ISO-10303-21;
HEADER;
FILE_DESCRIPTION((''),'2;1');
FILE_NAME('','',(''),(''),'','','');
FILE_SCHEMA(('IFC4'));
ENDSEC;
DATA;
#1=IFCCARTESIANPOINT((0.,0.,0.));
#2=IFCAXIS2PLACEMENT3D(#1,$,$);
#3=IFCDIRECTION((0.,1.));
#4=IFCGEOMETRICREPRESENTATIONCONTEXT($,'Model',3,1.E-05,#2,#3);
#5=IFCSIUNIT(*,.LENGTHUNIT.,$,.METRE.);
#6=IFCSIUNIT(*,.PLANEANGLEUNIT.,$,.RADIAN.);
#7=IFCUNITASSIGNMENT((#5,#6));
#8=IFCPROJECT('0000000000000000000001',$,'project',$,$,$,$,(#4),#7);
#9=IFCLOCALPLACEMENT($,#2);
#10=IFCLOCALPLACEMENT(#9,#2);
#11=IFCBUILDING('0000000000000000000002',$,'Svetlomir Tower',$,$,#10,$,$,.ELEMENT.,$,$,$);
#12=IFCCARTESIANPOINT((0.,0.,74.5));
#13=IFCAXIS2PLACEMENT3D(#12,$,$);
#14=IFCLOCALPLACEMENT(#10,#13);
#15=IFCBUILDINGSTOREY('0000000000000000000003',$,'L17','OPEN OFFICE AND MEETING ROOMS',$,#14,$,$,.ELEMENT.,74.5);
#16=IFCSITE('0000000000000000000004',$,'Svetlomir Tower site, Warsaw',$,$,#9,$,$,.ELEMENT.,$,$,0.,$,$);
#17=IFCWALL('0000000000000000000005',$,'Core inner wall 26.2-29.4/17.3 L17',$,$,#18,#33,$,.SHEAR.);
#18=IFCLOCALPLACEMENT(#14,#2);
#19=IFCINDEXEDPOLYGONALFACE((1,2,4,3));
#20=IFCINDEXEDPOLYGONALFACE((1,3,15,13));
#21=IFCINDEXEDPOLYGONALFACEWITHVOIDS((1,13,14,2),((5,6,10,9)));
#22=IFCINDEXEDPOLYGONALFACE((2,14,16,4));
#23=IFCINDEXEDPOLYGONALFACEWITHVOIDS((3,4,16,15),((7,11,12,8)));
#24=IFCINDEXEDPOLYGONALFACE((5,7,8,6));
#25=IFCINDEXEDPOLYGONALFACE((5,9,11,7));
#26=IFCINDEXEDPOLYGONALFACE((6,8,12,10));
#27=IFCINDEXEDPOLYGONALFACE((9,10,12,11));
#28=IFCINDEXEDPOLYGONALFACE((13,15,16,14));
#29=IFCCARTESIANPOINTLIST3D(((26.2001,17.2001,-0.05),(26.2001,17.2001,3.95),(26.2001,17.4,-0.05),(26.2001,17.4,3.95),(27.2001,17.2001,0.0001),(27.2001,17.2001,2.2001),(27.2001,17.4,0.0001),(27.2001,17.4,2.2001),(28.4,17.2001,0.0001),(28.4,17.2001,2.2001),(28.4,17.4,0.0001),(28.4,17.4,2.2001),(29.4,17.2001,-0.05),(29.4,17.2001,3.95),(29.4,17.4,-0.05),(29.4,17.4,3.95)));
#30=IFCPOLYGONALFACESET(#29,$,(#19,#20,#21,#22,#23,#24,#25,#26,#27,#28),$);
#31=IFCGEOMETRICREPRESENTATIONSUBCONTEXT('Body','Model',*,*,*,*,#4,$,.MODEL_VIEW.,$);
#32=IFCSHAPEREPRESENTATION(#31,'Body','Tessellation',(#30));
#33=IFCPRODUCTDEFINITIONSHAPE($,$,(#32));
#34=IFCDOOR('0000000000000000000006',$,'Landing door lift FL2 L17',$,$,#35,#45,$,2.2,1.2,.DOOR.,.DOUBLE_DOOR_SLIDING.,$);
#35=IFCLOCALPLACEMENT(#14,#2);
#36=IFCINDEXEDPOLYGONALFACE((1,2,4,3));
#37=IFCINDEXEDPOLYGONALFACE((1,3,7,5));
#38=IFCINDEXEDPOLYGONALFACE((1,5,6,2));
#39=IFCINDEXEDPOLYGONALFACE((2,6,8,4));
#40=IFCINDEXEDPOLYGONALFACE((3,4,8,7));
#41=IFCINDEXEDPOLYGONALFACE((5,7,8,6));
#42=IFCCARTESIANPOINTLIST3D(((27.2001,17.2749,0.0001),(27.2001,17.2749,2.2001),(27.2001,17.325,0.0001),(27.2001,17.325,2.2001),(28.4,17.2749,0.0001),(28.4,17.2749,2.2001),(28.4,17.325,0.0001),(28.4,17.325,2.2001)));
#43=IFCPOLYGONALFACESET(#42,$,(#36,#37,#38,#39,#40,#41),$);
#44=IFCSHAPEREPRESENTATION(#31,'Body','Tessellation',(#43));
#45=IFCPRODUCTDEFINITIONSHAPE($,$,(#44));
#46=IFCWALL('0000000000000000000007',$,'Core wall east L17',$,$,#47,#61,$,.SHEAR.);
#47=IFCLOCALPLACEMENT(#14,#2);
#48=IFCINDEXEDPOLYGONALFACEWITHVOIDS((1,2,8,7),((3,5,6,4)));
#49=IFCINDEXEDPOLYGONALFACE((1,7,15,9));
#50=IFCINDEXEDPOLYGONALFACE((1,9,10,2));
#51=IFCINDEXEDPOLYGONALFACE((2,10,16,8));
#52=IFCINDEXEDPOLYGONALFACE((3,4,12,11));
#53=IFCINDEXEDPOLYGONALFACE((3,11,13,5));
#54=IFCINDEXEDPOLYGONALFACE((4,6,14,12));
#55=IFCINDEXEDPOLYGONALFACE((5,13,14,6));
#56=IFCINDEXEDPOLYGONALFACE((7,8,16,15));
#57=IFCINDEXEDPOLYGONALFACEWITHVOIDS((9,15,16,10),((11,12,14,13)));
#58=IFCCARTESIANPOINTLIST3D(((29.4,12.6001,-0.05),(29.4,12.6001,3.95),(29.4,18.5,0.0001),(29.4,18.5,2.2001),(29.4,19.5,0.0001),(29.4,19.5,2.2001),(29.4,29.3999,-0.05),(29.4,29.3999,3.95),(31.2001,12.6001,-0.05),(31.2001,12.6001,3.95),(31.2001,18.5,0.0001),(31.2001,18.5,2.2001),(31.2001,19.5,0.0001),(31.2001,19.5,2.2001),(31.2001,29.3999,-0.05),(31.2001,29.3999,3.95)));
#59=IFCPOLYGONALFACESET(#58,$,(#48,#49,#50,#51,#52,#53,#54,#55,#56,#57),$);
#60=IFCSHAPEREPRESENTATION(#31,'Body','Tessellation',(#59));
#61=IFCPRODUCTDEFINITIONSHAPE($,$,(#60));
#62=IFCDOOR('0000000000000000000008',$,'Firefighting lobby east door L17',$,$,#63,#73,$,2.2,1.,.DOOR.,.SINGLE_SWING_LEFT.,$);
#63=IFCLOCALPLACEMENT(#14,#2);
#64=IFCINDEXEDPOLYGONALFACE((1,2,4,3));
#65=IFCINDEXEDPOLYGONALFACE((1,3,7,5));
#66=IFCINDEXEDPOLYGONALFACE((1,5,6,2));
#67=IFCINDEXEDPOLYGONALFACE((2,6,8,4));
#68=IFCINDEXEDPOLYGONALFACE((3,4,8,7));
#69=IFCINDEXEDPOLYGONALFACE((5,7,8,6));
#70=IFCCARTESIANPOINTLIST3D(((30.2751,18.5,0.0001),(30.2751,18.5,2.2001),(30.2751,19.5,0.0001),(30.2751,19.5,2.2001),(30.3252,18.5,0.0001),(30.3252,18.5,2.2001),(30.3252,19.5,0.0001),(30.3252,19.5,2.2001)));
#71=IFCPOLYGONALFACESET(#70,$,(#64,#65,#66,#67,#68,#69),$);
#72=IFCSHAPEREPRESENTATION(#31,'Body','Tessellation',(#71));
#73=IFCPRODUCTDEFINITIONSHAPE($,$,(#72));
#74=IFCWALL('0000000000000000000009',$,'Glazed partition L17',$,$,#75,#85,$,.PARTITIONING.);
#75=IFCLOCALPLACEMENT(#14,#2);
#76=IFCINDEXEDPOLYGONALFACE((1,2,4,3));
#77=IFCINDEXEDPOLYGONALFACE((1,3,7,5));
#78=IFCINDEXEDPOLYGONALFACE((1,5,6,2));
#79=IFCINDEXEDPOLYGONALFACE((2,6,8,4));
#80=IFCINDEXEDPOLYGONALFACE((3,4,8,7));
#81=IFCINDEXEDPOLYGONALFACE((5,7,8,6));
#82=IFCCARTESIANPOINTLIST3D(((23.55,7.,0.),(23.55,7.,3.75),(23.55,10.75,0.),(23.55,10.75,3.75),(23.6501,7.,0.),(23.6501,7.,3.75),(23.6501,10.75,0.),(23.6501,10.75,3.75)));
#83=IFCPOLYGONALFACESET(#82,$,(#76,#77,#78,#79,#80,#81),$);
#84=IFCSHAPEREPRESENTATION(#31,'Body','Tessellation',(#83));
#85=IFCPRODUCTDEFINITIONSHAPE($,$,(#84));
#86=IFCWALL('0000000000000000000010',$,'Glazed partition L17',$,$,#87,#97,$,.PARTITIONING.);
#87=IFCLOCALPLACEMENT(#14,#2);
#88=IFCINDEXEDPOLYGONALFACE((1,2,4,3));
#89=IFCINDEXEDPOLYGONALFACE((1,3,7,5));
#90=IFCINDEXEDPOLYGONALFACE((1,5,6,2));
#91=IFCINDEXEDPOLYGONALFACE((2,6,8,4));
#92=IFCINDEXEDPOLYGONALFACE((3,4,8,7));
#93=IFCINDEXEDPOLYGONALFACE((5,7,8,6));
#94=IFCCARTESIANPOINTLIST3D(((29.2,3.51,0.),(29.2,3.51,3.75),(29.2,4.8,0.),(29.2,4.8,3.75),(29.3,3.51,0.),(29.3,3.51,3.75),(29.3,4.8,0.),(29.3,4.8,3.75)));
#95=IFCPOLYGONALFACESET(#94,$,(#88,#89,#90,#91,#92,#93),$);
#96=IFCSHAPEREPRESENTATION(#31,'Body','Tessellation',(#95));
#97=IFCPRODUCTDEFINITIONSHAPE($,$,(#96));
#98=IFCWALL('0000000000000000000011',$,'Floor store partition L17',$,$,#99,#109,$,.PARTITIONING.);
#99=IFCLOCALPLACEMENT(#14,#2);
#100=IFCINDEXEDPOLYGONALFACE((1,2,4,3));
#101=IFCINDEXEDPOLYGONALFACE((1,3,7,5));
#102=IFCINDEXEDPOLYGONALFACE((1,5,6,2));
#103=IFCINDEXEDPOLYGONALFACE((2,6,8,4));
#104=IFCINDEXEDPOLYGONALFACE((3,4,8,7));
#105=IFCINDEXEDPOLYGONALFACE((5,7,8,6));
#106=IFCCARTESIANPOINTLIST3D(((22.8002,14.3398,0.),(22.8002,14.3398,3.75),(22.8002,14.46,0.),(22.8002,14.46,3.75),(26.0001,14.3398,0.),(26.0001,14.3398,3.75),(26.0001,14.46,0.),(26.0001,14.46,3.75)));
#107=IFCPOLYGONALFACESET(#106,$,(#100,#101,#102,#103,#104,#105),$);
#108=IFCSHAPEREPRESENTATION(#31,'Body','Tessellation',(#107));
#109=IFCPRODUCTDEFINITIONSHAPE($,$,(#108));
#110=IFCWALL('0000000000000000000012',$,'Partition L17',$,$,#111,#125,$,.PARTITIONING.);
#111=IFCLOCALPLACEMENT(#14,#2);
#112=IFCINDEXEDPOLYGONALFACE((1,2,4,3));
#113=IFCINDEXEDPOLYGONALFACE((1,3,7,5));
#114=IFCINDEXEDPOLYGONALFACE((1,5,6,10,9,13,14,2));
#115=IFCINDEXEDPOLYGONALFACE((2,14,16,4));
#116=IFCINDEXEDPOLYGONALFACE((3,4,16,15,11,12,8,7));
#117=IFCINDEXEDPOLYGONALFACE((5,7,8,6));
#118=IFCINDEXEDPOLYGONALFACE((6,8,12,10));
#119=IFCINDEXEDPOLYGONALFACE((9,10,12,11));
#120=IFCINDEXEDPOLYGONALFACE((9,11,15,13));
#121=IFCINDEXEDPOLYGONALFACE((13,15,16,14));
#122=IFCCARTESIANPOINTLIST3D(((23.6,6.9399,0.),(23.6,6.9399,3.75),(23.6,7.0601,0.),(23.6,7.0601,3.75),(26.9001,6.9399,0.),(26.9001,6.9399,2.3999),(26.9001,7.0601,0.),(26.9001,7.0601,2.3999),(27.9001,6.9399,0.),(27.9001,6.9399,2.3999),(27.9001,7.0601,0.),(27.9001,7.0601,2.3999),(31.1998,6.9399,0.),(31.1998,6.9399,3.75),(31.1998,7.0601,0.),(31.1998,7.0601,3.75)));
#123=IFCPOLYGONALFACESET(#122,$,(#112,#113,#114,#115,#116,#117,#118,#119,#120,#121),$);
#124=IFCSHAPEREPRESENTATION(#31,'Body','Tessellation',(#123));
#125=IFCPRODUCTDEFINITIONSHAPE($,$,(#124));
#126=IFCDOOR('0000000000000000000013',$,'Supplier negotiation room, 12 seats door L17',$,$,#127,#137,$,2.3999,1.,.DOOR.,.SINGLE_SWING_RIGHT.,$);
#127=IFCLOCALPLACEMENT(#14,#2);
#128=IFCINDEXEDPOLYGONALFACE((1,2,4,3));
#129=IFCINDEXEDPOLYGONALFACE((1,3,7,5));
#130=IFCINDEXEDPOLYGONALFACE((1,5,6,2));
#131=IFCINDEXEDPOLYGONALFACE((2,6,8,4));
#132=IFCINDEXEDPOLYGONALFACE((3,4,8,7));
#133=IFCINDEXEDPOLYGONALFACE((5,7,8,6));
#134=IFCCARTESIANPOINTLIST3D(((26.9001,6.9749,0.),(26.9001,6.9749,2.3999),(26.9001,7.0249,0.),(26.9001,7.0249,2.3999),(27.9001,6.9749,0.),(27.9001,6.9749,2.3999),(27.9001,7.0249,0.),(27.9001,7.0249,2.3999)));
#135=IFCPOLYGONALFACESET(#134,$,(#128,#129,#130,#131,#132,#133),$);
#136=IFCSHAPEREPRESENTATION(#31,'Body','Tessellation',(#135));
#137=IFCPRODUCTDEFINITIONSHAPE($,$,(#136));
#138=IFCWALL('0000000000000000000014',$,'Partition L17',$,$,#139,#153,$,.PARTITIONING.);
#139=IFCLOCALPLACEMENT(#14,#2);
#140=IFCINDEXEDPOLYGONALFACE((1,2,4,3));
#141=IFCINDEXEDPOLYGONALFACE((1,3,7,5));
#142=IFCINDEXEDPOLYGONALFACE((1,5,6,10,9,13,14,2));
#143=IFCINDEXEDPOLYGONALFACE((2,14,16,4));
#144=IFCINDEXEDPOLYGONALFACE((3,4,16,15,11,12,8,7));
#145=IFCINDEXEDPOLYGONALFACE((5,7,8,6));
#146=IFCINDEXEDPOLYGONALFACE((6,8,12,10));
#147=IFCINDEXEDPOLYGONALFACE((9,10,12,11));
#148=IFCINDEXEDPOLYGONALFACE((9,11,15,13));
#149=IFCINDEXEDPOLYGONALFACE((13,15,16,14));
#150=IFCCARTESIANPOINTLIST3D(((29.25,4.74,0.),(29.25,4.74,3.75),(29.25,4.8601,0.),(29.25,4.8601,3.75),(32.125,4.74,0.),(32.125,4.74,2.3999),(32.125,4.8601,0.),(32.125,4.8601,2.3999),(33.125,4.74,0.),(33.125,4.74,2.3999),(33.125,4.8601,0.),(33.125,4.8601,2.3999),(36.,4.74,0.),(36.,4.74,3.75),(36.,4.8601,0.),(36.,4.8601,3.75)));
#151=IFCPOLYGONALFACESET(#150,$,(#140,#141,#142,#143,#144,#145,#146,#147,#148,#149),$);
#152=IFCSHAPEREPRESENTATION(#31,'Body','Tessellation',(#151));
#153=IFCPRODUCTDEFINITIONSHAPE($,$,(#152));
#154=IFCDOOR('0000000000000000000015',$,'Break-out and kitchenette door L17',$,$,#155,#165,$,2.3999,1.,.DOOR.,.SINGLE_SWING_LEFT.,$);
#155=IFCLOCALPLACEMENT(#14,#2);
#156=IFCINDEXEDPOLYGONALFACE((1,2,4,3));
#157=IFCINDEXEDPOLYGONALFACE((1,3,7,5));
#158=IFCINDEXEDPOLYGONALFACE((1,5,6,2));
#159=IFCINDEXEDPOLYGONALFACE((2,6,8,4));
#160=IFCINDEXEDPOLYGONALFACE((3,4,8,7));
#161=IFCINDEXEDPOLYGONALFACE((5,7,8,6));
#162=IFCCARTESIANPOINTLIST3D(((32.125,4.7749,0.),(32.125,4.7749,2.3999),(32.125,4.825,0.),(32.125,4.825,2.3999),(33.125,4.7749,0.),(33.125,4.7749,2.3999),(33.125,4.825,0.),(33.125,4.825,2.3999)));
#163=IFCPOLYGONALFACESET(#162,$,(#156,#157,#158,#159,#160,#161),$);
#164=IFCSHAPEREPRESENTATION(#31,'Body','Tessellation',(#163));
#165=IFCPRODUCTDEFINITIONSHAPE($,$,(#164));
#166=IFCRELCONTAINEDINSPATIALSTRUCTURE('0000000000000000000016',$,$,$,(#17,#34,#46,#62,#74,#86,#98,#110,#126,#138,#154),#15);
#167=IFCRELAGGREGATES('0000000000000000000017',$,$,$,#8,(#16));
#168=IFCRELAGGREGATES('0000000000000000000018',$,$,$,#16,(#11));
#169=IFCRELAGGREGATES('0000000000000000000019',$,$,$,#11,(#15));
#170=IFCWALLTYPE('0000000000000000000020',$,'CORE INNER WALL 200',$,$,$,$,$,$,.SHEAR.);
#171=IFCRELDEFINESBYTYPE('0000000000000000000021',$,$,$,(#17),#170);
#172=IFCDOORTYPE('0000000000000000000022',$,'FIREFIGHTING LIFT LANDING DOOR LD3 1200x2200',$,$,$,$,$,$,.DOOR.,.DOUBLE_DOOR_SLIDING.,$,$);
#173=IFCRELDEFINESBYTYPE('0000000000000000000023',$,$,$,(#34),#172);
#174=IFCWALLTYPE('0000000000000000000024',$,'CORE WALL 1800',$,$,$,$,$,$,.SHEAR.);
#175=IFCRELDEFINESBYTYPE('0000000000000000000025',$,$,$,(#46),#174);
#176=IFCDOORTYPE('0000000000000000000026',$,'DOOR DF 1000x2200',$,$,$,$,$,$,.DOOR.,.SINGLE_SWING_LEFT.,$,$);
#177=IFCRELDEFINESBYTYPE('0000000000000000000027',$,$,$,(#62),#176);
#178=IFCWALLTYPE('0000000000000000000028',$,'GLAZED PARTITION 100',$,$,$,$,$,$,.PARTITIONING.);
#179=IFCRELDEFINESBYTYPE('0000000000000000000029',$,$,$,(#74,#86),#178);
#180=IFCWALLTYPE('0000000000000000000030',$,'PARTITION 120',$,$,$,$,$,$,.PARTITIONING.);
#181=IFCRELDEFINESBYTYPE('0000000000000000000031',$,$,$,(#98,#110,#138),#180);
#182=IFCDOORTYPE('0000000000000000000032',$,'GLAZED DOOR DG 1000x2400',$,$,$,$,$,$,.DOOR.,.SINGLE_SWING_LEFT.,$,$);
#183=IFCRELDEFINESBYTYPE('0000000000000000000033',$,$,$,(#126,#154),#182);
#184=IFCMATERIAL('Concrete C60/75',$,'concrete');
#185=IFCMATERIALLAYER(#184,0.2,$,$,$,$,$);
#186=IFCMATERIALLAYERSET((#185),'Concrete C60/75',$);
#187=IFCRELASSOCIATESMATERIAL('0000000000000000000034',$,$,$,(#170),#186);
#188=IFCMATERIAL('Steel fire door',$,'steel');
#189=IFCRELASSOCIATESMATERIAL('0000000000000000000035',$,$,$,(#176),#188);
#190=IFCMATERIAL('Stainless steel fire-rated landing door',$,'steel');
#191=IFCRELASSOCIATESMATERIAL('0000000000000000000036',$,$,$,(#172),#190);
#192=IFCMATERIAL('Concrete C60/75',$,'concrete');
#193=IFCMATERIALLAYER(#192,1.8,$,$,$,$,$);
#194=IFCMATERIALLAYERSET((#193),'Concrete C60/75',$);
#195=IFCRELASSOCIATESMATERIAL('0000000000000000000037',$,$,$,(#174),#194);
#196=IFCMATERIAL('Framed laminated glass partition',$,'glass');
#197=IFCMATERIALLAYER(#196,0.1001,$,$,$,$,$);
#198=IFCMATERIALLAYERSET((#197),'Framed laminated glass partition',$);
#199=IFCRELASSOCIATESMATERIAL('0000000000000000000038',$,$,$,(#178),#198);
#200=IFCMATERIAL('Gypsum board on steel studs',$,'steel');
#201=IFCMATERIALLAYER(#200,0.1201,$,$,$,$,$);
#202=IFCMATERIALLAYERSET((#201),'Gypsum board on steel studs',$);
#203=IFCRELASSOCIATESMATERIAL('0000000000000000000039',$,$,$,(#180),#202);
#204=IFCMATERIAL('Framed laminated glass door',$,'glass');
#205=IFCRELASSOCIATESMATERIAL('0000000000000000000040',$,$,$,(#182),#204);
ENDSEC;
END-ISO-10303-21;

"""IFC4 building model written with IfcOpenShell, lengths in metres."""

from ifc_helpers import new_model, si_unit, direction, frame, frame_2d, origin, place, context, subcontext, project, spatial, rectangle, extrude, material, layer, layer_set, type_object, element, fill, save


model = new_model("IFC4")

# Units and contexts
model_context = context("Model", 3, precision=1e-05, world=origin(), true_north=direction((0.0, 1.0)))
body_context = subcontext(model_context, "Body", "Model", "MODEL_VIEW")
ifc_project = project(units=[si_unit("LENGTHUNIT", "METRE"), si_unit("PLANEANGLEUNIT", "RADIAN")], contexts=[model_context])

# Site, building, storey
site_placement = place(None, origin())
site = spatial("IfcSite", under=ifc_project, at=site_placement, Name="Svetlomir Tower site, Warsaw", CompositionType="ELEMENT", RefElevation=0.0)
building_placement = place(site_placement, origin())
building = spatial("IfcBuilding", under=site, at=building_placement, Name="Svetlomir Tower", CompositionType="ELEMENT")
storey_placement = place(building_placement, frame((0.0, 0.0, 74.5)))
storey = spatial("IfcBuildingStorey", under=building, at=storey_placement, Name="L17", Description="OPEN OFFICE AND MEETING ROOMS", CompositionType="ELEMENT", Elevation=74.5)

# Shared definitions
ifc_material_1 = material(Name="Concrete C60/75", Category="concrete")
ifc_layer_1 = layer(ifc_material_1, 0.2)
ifc_layer_set_1 = layer_set([ifc_layer_1], Name="Concrete C60/75")
wall_type_1 = type_object("IfcWallType", Name="CORE INNER WALL 200", PredefinedType="SHEAR", material=ifc_layer_set_1)

# Shared definitions
ifc_material_2 = material(Name="Steel fire door", Category="steel")
door_type_1 = type_object("IfcDoorType", Name="DOOR DF 1000x2200", OperationType="SINGLE_SWING_LEFT", PredefinedType="DOOR", material=ifc_material_2)

# Walls, openings, doors
wall_1_placement = place(storey_placement, frame((26.2, 17.3, -0.05), z_axis=(0.0, 0.0, 1.0), x_axis=(1.0, 0.0, 0.0)))
wall_1 = element("IfcWall", 1, at=wall_1_placement, inside=storey, type_object=wall_type_1, Name="Core inner wall 26.2-29.4/17.3 L17", PredefinedType="SHEAR", context=body_context, shape_type="SweptSolid", body=[
    extrude(rectangle(XDim=3.2, YDim=0.2, at=frame_2d((1.6001, 0.0))), origin(), (0.0, 0.0, 1.0), 4.0),
])
opening_1_placement = place(wall_1_placement, frame((1.0, 0.0, 0.05)))
opening_1 = element("IfcOpeningElement", 2, at=opening_1_placement, cuts=wall_1, PredefinedType="OPENING", context=body_context, shape_type="SweptSolid", body=[
    extrude(rectangle(XDim=1.2, YDim=2.2, at=frame_2d((0.6001, 1.1001))), frame((0.0, 0.1099, 0.0), z_axis=(0.0, -1.0, 0.0), x_axis=(1.0, 0.0, 0.0)), (0.0, 0.0, 1.0), 0.22),
])
ifc_material_3 = material(Name="Stainless steel fire-rated landing door", Category="steel")
door_type_2 = type_object("IfcDoorType", Name="FIREFIGHTING LIFT LANDING DOOR LD3 1200x2200", OperationType="DOUBLE_DOOR_SLIDING", PredefinedType="DOOR", material=ifc_material_3)
door_1_placement = place(opening_1_placement, origin())
door_1 = element("IfcDoor", 3, at=door_1_placement, inside=storey, type_object=door_type_2, Name="Landing door lift FL2 L17", OperationType="DOUBLE_DOOR_SLIDING", OverallHeight=2.2, OverallWidth=1.2, PredefinedType="DOOR", context=body_context, shape_type="SweptSolid", body=[
    extrude(rectangle(XDim=1.2, YDim=2.2, at=frame_2d((0.6001, 1.1001))), frame((0.0, 0.0249, 0.0), z_axis=(0.0, -1.0, 0.0), x_axis=(1.0, 0.0, 0.0)), (0.0, 0.0, 1.0), 0.05),
])
fill(opening_1, door_1)
ifc_material_4 = material(Name="Concrete C60/75", Category="concrete")
ifc_layer_2 = layer(ifc_material_4, 1.8)
ifc_layer_set_2 = layer_set([ifc_layer_2], Name="Concrete C60/75")
wall_type_2 = type_object("IfcWallType", Name="CORE WALL 1800", PredefinedType="SHEAR", material=ifc_layer_set_2)
wall_2_placement = place(storey_placement, frame((30.3, 12.6001, -0.05), z_axis=(0.0, 0.0, 1.0), x_axis=(0.0, 1.0, 0.0)))
wall_2 = element("IfcWall", 4, at=wall_2_placement, inside=storey, type_object=wall_type_2, Name="Core wall east L17", PredefinedType="SHEAR", context=body_context, shape_type="SweptSolid", body=[
    extrude(rectangle(XDim=16.7998, YDim=1.8, at=frame_2d((8.3999, 0.0))), origin(), (0.0, 0.0, 1.0), 4.0),
])
opening_2_placement = place(wall_2_placement, frame((5.8999, 0.0, 0.05)))
opening_2 = element("IfcOpeningElement", 5, at=opening_2_placement, cuts=wall_2, PredefinedType="OPENING", context=body_context, shape_type="SweptSolid", body=[
    extrude(rectangle(XDim=1.0, YDim=2.2, at=frame_2d((0.5, 1.1001))), frame((0.0, 0.9102, 0.0), z_axis=(0.0, -1.0, 0.0), x_axis=(1.0, 0.0, 0.0)), (0.0, 0.0, 1.0), 1.8201),
])
door_2_placement = place(opening_2_placement, origin())
door_2 = element("IfcDoor", 6, at=door_2_placement, inside=storey, type_object=door_type_1, Name="Firefighting lobby east door L17", OperationType="SINGLE_SWING_LEFT", OverallHeight=2.2, OverallWidth=1.0, PredefinedType="DOOR", context=body_context, shape_type="SweptSolid", body=[
    extrude(rectangle(XDim=1.0, YDim=2.2, at=frame_2d((0.5, 1.1001))), frame((0.0, 0.0249, 0.0), z_axis=(0.0, -1.0, 0.0), x_axis=(1.0, 0.0, 0.0)), (0.0, 0.0, 1.0), 0.05),
])
fill(opening_2, door_2)

# Walls
ifc_material_5 = material(Name="Framed laminated glass partition", Category="glass")
ifc_layer_3 = layer(ifc_material_5, 0.1001)
ifc_layer_set_3 = layer_set([ifc_layer_3], Name="Framed laminated glass partition")
wall_type_3 = type_object("IfcWallType", Name="GLAZED PARTITION 100", PredefinedType="PARTITIONING", material=ifc_layer_set_3)
wall_3_placement = place(storey_placement, frame((23.6001, 7.0, 0.0), z_axis=(0.0, 0.0, 1.0), x_axis=(0.0, 1.0, 0.0)))
element("IfcWall", 7, at=wall_3_placement, inside=storey, type_object=wall_type_3, Name="Glazed partition L17", PredefinedType="PARTITIONING", context=body_context, shape_type="SweptSolid", body=[
    extrude(rectangle(XDim=3.75, YDim=0.1001, at=frame_2d((1.875, 0.0))), origin(), (0.0, 0.0, 1.0), 3.75),
])
wall_4_placement = place(storey_placement, frame((29.25, 3.51, 0.0), z_axis=(0.0, 0.0, 1.0), x_axis=(0.0, 1.0, 0.0)))
element("IfcWall", 8, at=wall_4_placement, inside=storey, type_object=wall_type_3, Name="Glazed partition L17", PredefinedType="PARTITIONING", context=body_context, shape_type="SweptSolid", body=[
    extrude(rectangle(XDim=1.29, YDim=0.1001, at=frame_2d((0.645, 0.0))), origin(), (0.0, 0.0, 1.0), 3.75),
])
ifc_material_6 = material(Name="Gypsum board on steel studs", Category="steel")
ifc_layer_4 = layer(ifc_material_6, 0.1201)
ifc_layer_set_4 = layer_set([ifc_layer_4], Name="Gypsum board on steel studs")
wall_type_4 = type_object("IfcWallType", Name="PARTITION 120", PredefinedType="PARTITIONING", material=ifc_layer_set_4)
wall_5_placement = place(storey_placement, frame((22.8, 14.3999, 0.0), z_axis=(0.0, 0.0, 1.0), x_axis=(1.0, 0.0, 0.0)))
element("IfcWall", 9, at=wall_5_placement, inside=storey, type_object=wall_type_4, Name="Floor store partition L17", PredefinedType="PARTITIONING", context=body_context, shape_type="SweptSolid", body=[
    extrude(rectangle(XDim=3.2, YDim=0.1201, at=frame_2d((1.6001, 0.0))), origin(), (0.0, 0.0, 1.0), 3.75),
])

# Walls, openings, doors
wall_6_placement = place(storey_placement, frame((23.6001, 7.0, 0.0), z_axis=(0.0, 0.0, 1.0), x_axis=(1.0, 0.0, 0.0)))
wall_6 = element("IfcWall", 10, at=wall_6_placement, inside=storey, type_object=wall_type_4, Name="Partition L17", PredefinedType="PARTITIONING", context=body_context, shape_type="SweptSolid", body=[
    extrude(rectangle(XDim=7.5999, YDim=0.1201, at=frame_2d((3.7998, 0.0))), origin(), (0.0, 0.0, 1.0), 3.75),
])
opening_3_placement = place(wall_6_placement, frame((3.3, 0.0, 0.0)))
opening_3 = element("IfcOpeningElement", 11, at=opening_3_placement, cuts=wall_6, PredefinedType="OPENING", context=body_context, shape_type="SweptSolid", body=[
    extrude(rectangle(XDim=1.0, YDim=2.3999, at=frame_2d((0.5, 1.2))), frame((0.0, 0.0701, 0.0), z_axis=(0.0, -1.0, 0.0), x_axis=(1.0, 0.0, 0.0)), (0.0, 0.0, 1.0), 0.1401),
])
ifc_material_7 = material(Name="Framed laminated glass door", Category="glass")
door_type_3 = type_object("IfcDoorType", Name="GLAZED DOOR DG 1000x2400", OperationType="SINGLE_SWING_LEFT", PredefinedType="DOOR", material=ifc_material_7)
door_3_placement = place(opening_3_placement, origin())
door_3 = element("IfcDoor", 12, at=door_3_placement, inside=storey, type_object=door_type_3, Name="Supplier negotiation room, 12 seats door L17", OperationType="SINGLE_SWING_RIGHT", OverallHeight=2.3999, OverallWidth=1.0, PredefinedType="DOOR", context=body_context, shape_type="SweptSolid", body=[
    extrude(rectangle(XDim=1.0, YDim=2.3999, at=frame_2d((0.5, 1.2))), frame((0.0, 0.0249, 0.0), z_axis=(0.0, -1.0, 0.0), x_axis=(1.0, 0.0, 0.0)), (0.0, 0.0, 1.0), 0.05),
])
fill(opening_3, door_3)
wall_7_placement = place(storey_placement, frame((29.25, 4.8, 0.0), z_axis=(0.0, 0.0, 1.0), x_axis=(1.0, 0.0, 0.0)))
wall_7 = element("IfcWall", 13, at=wall_7_placement, inside=storey, type_object=wall_type_4, Name="Partition L17", PredefinedType="PARTITIONING", context=body_context, shape_type="SweptSolid", body=[
    extrude(rectangle(XDim=6.75, YDim=0.1201, at=frame_2d((3.375, 0.0))), origin(), (0.0, 0.0, 1.0), 3.75),
])
opening_4_placement = place(wall_7_placement, frame((2.875, 0.0, 0.0)))
opening_4 = element("IfcOpeningElement", 14, at=opening_4_placement, cuts=wall_7, PredefinedType="OPENING", context=body_context, shape_type="SweptSolid", body=[
    extrude(rectangle(XDim=1.0, YDim=2.3999, at=frame_2d((0.5, 1.2))), frame((0.0, 0.0701, 0.0), z_axis=(0.0, -1.0, 0.0), x_axis=(1.0, 0.0, 0.0)), (0.0, 0.0, 1.0), 0.1401),
])
door_4_placement = place(opening_4_placement, origin())
door_4 = element("IfcDoor", 15, at=door_4_placement, inside=storey, type_object=door_type_3, Name="Break-out and kitchenette door L17", OperationType="SINGLE_SWING_LEFT", OverallHeight=2.3999, OverallWidth=1.0, PredefinedType="DOOR", context=body_context, shape_type="SweptSolid", body=[
    extrude(rectangle(XDim=1.0, YDim=2.3999, at=frame_2d((0.5, 1.2))), frame((0.0, 0.0249, 0.0), z_axis=(0.0, -1.0, 0.0), x_axis=(1.0, 0.0, 0.0)), (0.0, 0.0, 1.0), 0.05),
])
fill(opening_4, door_4)

save(model, "model.ifc")
